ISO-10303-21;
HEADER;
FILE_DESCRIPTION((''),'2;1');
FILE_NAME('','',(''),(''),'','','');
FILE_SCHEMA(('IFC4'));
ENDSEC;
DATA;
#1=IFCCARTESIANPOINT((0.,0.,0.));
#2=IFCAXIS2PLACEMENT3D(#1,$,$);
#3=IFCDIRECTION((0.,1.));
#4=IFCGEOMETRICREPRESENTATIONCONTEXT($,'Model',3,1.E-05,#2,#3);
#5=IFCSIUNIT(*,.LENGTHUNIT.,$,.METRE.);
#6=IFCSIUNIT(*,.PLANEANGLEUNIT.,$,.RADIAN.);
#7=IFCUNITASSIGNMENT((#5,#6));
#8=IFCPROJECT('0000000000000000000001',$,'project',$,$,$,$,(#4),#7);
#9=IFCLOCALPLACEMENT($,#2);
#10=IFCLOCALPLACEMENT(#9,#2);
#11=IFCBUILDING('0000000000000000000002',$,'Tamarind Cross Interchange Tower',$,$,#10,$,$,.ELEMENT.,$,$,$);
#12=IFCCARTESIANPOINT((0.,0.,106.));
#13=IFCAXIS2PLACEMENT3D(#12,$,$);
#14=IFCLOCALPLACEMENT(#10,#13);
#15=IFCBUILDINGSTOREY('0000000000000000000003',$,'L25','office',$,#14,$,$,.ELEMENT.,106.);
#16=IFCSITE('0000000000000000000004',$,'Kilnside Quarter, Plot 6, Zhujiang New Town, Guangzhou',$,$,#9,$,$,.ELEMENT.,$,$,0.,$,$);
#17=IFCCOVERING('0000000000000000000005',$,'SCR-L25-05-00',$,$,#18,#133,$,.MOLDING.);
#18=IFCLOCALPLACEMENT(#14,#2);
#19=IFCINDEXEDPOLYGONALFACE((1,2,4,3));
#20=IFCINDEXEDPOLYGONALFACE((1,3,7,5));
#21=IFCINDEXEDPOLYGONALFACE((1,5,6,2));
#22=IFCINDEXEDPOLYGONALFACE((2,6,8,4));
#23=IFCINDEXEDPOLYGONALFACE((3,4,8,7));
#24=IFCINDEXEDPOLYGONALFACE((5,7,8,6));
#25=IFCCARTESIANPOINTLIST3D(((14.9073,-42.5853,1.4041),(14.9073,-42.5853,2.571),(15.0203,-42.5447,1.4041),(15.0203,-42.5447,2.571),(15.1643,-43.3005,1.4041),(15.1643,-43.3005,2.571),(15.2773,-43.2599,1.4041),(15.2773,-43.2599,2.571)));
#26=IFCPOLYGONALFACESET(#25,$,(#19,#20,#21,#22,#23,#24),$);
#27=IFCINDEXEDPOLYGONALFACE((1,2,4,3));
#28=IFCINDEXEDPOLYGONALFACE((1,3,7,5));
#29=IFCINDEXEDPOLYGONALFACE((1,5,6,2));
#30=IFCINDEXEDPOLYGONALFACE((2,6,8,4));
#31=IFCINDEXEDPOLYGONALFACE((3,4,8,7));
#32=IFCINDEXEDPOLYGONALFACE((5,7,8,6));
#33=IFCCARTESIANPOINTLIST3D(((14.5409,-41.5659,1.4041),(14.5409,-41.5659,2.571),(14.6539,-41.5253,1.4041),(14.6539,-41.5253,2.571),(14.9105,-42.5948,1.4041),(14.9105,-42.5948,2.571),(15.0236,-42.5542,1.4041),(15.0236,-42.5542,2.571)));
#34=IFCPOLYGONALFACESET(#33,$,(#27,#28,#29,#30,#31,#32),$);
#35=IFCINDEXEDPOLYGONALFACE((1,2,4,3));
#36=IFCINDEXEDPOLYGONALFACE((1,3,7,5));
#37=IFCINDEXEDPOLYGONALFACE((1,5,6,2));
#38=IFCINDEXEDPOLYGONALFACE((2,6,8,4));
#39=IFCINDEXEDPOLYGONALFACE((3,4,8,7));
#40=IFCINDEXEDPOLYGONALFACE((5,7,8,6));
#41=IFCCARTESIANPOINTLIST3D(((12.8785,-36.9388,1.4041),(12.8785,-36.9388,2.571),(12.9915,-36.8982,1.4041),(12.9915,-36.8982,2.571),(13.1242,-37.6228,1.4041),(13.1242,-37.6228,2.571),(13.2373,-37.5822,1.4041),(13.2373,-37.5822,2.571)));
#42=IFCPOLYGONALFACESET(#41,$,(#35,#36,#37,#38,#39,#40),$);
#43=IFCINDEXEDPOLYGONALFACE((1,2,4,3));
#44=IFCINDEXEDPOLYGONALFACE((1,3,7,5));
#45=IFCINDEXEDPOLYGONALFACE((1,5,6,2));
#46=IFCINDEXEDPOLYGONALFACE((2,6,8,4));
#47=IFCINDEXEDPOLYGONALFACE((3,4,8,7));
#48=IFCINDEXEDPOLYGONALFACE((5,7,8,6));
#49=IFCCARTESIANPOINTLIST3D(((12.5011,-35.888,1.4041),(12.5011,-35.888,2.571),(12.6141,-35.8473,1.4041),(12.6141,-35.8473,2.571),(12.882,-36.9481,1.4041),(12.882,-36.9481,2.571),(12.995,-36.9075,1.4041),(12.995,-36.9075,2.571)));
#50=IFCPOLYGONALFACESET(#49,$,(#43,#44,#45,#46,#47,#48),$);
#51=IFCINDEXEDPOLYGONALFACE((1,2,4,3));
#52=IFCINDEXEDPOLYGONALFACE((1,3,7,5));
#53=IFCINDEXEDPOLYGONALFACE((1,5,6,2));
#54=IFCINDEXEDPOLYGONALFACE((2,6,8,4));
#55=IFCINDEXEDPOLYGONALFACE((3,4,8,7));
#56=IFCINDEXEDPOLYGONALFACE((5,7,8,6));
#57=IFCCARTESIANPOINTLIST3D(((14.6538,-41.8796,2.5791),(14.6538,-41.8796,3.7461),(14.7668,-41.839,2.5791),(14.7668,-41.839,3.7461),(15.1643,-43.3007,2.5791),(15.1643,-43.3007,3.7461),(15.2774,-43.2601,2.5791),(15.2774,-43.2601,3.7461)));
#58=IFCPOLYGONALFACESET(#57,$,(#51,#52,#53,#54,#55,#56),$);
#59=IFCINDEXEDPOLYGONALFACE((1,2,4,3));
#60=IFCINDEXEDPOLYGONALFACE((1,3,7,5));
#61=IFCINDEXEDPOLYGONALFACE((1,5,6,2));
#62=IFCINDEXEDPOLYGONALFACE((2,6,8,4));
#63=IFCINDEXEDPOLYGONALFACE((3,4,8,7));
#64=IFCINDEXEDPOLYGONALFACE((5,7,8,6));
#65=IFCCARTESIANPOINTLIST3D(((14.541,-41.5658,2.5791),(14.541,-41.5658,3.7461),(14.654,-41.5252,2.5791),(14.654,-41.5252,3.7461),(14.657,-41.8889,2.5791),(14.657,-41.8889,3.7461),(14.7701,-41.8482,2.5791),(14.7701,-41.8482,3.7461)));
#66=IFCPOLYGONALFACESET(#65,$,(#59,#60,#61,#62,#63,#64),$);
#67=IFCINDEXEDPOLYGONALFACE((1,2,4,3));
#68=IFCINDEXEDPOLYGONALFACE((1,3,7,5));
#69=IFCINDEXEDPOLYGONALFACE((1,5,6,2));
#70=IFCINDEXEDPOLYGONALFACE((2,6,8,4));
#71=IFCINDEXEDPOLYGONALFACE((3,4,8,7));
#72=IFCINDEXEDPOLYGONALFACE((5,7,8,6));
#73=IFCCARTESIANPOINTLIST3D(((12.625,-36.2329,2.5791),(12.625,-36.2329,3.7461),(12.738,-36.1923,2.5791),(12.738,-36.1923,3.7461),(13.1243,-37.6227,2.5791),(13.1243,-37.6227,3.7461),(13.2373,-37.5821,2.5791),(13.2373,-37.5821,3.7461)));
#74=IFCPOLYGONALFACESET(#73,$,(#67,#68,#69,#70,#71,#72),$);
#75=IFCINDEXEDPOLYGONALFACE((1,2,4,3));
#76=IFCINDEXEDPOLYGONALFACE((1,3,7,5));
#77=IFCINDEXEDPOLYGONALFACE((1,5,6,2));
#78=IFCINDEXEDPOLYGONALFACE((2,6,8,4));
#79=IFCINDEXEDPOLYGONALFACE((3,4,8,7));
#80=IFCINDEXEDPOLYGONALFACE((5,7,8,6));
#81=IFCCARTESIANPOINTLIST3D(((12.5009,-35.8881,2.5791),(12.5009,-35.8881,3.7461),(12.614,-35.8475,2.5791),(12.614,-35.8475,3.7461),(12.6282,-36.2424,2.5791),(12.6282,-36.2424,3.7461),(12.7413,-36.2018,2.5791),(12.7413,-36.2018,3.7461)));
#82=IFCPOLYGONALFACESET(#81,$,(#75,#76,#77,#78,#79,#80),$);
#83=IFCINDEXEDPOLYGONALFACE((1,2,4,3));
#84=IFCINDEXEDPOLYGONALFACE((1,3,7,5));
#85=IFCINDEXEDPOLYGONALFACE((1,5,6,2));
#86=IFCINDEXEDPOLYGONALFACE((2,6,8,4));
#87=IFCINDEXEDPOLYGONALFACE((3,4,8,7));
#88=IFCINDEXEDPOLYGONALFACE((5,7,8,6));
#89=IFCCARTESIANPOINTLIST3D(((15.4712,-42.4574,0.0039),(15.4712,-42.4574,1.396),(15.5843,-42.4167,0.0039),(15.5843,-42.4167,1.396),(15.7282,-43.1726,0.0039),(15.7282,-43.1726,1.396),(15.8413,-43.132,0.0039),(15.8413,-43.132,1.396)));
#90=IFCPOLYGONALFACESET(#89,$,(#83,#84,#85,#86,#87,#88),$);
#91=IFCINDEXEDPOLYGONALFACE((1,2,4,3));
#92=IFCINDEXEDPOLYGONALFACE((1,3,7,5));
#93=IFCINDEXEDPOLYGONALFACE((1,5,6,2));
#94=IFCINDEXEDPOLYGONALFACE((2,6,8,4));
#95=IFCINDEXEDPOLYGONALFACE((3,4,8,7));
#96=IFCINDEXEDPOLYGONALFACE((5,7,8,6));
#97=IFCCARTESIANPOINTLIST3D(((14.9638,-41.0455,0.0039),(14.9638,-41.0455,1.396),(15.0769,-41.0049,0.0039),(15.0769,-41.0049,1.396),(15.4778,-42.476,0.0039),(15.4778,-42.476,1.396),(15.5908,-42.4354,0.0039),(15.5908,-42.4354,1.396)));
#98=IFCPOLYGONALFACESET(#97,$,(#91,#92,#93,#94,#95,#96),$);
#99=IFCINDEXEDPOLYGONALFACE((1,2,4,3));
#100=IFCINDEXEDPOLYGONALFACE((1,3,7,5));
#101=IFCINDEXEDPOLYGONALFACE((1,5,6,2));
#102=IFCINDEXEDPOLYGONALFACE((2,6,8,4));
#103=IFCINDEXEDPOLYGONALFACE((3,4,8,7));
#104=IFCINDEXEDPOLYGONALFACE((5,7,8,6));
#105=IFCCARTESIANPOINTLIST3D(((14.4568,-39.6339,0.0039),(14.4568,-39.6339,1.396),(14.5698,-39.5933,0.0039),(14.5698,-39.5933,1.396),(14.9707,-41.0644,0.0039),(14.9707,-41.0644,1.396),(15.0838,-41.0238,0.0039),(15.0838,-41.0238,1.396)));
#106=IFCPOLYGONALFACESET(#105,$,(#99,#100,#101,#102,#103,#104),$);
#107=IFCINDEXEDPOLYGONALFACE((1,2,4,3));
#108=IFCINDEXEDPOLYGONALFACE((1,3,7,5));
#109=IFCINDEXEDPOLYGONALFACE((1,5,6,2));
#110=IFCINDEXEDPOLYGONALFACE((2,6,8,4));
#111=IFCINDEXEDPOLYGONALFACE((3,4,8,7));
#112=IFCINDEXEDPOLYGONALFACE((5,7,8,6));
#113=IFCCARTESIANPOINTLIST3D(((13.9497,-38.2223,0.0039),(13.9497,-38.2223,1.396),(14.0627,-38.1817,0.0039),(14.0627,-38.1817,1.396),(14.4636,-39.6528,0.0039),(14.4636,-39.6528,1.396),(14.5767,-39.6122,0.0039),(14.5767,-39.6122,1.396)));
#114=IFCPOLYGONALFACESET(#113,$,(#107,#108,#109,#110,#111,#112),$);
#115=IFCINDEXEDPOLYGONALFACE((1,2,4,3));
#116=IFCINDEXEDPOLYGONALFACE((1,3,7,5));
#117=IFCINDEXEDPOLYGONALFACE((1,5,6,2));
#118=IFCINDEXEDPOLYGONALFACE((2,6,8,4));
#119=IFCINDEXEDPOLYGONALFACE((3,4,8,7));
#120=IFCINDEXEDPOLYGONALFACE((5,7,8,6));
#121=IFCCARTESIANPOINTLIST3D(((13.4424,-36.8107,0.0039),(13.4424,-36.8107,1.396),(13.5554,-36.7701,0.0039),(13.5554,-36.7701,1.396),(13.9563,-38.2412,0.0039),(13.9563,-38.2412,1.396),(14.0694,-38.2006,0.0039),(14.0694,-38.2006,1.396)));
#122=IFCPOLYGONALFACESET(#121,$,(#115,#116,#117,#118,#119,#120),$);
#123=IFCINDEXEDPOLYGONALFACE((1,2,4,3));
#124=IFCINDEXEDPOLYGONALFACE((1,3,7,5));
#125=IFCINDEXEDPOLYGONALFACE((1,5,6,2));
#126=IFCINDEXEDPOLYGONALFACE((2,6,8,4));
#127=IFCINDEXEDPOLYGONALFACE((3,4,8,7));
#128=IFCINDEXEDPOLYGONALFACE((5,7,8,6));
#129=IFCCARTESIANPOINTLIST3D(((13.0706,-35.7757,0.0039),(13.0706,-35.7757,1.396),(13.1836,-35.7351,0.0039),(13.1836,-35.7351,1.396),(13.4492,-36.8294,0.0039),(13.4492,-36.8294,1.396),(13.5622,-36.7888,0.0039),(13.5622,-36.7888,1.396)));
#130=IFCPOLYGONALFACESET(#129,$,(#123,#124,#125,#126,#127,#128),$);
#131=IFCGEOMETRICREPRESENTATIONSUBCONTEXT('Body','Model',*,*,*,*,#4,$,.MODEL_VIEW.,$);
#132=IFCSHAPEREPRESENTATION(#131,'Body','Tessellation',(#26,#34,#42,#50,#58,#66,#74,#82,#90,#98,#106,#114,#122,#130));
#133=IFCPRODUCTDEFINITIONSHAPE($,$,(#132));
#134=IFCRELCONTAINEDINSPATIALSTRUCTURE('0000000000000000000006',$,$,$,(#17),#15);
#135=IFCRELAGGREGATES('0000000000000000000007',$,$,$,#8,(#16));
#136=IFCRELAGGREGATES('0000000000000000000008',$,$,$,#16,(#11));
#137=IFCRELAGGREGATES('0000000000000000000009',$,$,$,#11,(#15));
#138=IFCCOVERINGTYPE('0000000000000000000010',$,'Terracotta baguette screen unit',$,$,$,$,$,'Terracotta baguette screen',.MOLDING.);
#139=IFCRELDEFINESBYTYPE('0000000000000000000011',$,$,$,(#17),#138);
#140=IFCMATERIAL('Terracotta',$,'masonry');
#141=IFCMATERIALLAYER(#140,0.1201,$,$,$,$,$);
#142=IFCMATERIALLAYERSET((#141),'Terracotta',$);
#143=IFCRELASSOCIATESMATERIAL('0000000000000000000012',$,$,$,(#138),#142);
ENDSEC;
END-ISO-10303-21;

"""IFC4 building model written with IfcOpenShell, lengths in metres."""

from ifc_helpers import new_model, si_unit, direction, frame, origin, origin_2d, place, context, subcontext, project, spatial, rectangle, extrude, material, layer, layer_set, type_object, element, save


model = new_model("IFC4")

# Units and contexts
model_context = context("Model", 3, precision=1e-05, world=origin(), true_north=direction((0.0, 1.0)))
body_context = subcontext(model_context, "Body", "Model", "MODEL_VIEW")
ifc_project = project(units=[si_unit("LENGTHUNIT", "METRE"), si_unit("PLANEANGLEUNIT", "RADIAN")], contexts=[model_context])

# Site, building, storey
site_placement = place(None, origin())
site = spatial("IfcSite", under=ifc_project, at=site_placement, Name="Kilnside Quarter, Plot 6, Zhujiang New Town, Guangzhou", CompositionType="ELEMENT", RefElevation=0.0)
building_placement = place(site_placement, origin())
building = spatial("IfcBuilding", under=site, at=building_placement, Name="Tamarind Cross Interchange Tower", CompositionType="ELEMENT")
storey_placement = place(building_placement, frame((0.0, 0.0, 106.0)))
storey = spatial("IfcBuildingStorey", under=building, at=storey_placement, Name="L25", Description="office", CompositionType="ELEMENT", Elevation=106.0)

# Covering
ifc_material_1 = material(Name="Terracotta", Category="masonry")
ifc_layer_1 = layer(ifc_material_1, 0.1201)
ifc_layer_set_1 = layer_set([ifc_layer_1], Name="Terracotta")
covering_type = type_object("IfcCoveringType", Name="Terracotta baguette screen unit", ElementType="Terracotta baguette screen", PredefinedType="MOLDING", material=ifc_layer_set_1)
covering_1_placement = place(storey_placement, origin())
element("IfcCovering", 1, at=covering_1_placement, inside=storey, type_object=covering_type, Name="SCR-L25-05-00", PredefinedType="MOLDING", context=body_context, shape_type="SweptSolid", body=[
    extrude(rectangle(XDim=0.76, YDim=0.1201, at=origin_2d()), frame((15.0923, -42.9226, 1.4041), z_axis=(0.0, 0.0, 1.0), x_axis=(-0.338129, 0.9411, 0.0)), (0.0, 0.0, 1.0), 1.167),
    extrude(rectangle(XDim=1.0933, YDim=0.1201, at=origin_2d()), frame((14.7822, -42.0601, 1.4041), z_axis=(0.0, 0.0, 1.0), x_axis=(-0.338129, 0.9411, 0.0)), (0.0, 0.0, 1.0), 1.167),
    extrude(rectangle(XDim=0.7268, YDim=0.1201, at=origin_2d()), frame((13.0579, -37.2605, 1.4041), z_axis=(0.0, 0.0, 1.0), x_axis=(-0.338129, 0.9411, 0.0)), (0.0, 0.0, 1.0), 1.167),
    extrude(rectangle(XDim=1.1265, YDim=0.1201, at=origin_2d()), frame((12.748, -36.3977, 1.4041), z_axis=(0.0, 0.0, 1.0), x_axis=(-0.338129, 0.9411, 0.0)), (0.0, 0.0, 1.0), 1.167),
    extrude(rectangle(XDim=1.51, YDim=0.1201, at=origin_2d()), frame((14.9656, -42.5698, 2.5791), z_axis=(0.0, 0.0, 1.0), x_axis=(-0.338129, 0.9411, 0.0)), (0.0, 0.0, 1.0), 1.167),
    extrude(rectangle(XDim=0.3433, YDim=0.1201, at=origin_2d()), frame((14.6555, -41.707, 2.5791), z_axis=(0.0, 0.0, 1.0), x_axis=(-0.338129, 0.9411, 0.0)), (0.0, 0.0, 1.0), 1.167),
    extrude(rectangle(XDim=1.4768, YDim=0.1201, at=origin_2d()), frame((12.9312, -36.9075, 2.5791), z_axis=(0.0, 0.0, 1.0), x_axis=(-0.338129, 0.9411, 0.0)), (0.0, 0.0, 1.0), 1.167),
    extrude(rectangle(XDim=0.3765, YDim=0.1201, at=origin_2d()), frame((12.6211, -36.0449, 2.5791), z_axis=(0.0, 0.0, 1.0), x_axis=(-0.338129, 0.9411, 0.0)), (0.0, 0.0, 1.0), 1.167),
    extrude(rectangle(XDim=0.76, YDim=0.1201, at=origin_2d()), frame((15.6562, -42.7947, 0.0039), z_axis=(0.0, 0.0, 1.0), x_axis=(-0.338129, 0.9411, 0.0)), (0.0, 0.0, 1.0), 1.3921),
    extrude(rectangle(XDim=1.52, YDim=0.1201, at=origin_2d()), frame((15.2773, -41.7405, 0.0039), z_axis=(0.0, 0.0, 1.0), x_axis=(-0.338129, 0.9411, 0.0)), (0.0, 0.0, 1.0), 1.3921),
    extrude(rectangle(XDim=1.52, YDim=0.1201, at=origin_2d()), frame((14.7703, -40.3289, 0.0039), z_axis=(0.0, 0.0, 1.0), x_axis=(-0.338129, 0.9411, 0.0)), (0.0, 0.0, 1.0), 1.3921),
    extrude(rectangle(XDim=1.52, YDim=0.1201, at=origin_2d()), frame((14.2632, -38.9172, 0.0039), z_axis=(0.0, 0.0, 1.0), x_axis=(-0.338129, 0.9411, 0.0)), (0.0, 0.0, 1.0), 1.3921),
    extrude(rectangle(XDim=1.52, YDim=0.1201, at=origin_2d()), frame((13.7559, -37.5056, 0.0039), z_axis=(0.0, 0.0, 1.0), x_axis=(-0.338129, 0.9411, 0.0)), (0.0, 0.0, 1.0), 1.3921),
    extrude(rectangle(XDim=1.1196, YDim=0.1201, at=origin_2d()), frame((13.3164, -36.2822, 0.0039), z_axis=(0.0, 0.0, 1.0), x_axis=(-0.338129, 0.9411, 0.0)), (0.0, 0.0, 1.0), 1.3921),
])

save(model, "model.ifc")
